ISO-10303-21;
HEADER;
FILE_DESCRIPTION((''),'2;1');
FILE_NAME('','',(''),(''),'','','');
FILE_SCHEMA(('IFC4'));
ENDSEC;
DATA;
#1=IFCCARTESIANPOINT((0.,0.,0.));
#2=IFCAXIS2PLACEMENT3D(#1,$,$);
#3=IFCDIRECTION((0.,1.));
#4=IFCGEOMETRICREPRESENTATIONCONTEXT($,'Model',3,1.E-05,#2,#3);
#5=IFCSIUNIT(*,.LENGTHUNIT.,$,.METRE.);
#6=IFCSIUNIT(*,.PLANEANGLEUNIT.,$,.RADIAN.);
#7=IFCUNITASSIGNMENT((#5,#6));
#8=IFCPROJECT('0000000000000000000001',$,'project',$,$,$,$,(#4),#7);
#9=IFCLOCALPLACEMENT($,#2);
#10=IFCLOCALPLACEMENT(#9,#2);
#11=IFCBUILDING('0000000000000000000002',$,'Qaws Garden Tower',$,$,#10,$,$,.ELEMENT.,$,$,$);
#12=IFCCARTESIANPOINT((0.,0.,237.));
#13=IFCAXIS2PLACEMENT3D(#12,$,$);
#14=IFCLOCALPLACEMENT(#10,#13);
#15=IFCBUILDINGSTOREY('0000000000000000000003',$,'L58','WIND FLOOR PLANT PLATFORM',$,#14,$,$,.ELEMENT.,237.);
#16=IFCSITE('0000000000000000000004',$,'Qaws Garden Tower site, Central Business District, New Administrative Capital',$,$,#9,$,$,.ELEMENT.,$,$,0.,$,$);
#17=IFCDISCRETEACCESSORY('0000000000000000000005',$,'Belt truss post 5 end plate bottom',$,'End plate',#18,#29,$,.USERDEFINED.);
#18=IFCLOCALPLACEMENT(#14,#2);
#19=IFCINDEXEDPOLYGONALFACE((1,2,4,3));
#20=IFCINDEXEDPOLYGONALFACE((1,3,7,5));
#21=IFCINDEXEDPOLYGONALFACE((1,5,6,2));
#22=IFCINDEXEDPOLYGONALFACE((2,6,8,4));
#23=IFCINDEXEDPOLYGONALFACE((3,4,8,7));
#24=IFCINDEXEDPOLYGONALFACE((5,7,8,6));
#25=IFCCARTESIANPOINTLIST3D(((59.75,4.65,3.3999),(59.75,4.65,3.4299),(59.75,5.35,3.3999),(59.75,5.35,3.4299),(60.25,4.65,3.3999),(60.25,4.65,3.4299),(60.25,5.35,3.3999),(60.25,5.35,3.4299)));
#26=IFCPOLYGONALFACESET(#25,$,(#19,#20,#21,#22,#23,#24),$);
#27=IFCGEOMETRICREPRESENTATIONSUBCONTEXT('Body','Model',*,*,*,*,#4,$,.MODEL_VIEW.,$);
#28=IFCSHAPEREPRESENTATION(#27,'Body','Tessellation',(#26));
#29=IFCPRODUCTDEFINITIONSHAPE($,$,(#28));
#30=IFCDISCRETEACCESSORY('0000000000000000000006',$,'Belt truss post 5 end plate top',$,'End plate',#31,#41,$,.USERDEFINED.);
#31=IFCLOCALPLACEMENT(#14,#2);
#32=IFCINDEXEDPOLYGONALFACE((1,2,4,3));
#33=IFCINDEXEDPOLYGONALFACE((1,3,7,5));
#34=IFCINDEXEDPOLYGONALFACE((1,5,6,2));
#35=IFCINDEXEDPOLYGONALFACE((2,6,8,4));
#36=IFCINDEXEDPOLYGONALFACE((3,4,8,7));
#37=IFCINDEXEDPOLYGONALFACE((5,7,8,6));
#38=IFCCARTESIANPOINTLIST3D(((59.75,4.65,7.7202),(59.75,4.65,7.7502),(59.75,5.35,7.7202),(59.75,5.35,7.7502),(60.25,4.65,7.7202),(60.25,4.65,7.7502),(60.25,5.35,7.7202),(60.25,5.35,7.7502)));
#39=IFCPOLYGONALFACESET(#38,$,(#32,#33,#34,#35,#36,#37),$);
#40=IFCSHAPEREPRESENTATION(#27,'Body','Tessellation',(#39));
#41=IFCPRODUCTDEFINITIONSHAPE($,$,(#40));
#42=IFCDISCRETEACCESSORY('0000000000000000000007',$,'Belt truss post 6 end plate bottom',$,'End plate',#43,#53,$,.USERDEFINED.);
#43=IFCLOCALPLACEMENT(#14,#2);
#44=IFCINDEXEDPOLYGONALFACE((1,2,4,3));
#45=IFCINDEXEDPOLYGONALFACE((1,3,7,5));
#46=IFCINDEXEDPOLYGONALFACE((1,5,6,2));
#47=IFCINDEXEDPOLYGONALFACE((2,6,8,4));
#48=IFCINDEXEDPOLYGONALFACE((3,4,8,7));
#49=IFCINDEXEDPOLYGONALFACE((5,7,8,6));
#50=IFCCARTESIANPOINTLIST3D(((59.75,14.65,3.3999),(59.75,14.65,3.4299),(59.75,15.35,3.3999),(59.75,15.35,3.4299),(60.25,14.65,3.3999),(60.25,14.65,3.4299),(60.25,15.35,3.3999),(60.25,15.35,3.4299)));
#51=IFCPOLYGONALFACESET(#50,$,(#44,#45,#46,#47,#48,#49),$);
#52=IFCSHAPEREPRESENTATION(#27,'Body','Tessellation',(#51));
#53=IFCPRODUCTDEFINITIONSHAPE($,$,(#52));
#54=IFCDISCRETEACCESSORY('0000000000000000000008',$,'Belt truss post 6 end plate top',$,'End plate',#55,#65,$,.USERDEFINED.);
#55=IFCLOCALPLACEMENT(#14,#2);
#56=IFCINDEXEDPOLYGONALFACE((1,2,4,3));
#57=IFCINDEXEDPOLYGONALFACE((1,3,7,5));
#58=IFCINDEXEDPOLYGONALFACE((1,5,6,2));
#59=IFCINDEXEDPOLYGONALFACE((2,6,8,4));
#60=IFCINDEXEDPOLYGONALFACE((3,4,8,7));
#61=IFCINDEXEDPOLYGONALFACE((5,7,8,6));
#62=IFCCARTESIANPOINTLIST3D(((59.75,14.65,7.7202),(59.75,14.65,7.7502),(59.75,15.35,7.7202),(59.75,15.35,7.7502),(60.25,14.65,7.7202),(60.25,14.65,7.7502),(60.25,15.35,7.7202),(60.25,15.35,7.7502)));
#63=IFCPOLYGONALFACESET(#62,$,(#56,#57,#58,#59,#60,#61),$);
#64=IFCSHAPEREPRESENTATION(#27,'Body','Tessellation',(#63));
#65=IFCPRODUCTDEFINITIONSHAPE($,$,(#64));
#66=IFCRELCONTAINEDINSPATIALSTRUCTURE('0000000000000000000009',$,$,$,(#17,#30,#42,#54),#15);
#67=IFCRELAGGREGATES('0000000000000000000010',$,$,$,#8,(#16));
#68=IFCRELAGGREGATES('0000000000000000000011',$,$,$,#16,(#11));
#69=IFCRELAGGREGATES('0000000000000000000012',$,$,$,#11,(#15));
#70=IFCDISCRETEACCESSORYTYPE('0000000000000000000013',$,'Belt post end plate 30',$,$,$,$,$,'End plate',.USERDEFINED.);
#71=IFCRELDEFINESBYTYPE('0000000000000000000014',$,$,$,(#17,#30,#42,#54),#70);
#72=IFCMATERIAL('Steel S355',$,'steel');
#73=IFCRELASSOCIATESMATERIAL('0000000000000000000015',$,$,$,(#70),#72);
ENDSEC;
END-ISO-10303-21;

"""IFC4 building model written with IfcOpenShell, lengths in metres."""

from ifc_helpers import new_model, si_unit, direction, frame, origin, origin_2d, place, context, subcontext, project, spatial, rectangle, extrude, material, type_object, element, save


model = new_model("IFC4")

# Units and contexts
model_context = context("Model", 3, precision=1e-05, world=origin(), true_north=direction((0.0, 1.0)))
body_context = subcontext(model_context, "Body", "Model", "MODEL_VIEW")
ifc_project = project(units=[si_unit("LENGTHUNIT", "METRE"), si_unit("PLANEANGLEUNIT", "RADIAN")], contexts=[model_context])

# Site, building, storey
site_placement = place(None, origin())
site = spatial("IfcSite", under=ifc_project, at=site_placement, Name="Qaws Garden Tower site, Central Business District, New Administrative Capital", CompositionType="ELEMENT", RefElevation=0.0)
building_placement = place(site_placement, origin())
building = spatial("IfcBuilding", under=site, at=building_placement, Name="Qaws Garden Tower", CompositionType="ELEMENT")
storey_placement = place(building_placement, frame((0.0, 0.0, 237.0)))
storey = spatial("IfcBuildingStorey", under=building, at=storey_placement, Name="L58", Description="WIND FLOOR PLANT PLATFORM", CompositionType="ELEMENT", Elevation=237.0)

# Shared definitions
placement_1 = place(storey_placement, frame((60.0, 5.0, 3.3999), z_axis=(0.0, 0.0, 1.0), x_axis=(1.0, 0.0, 0.0)))
placement_2 = place(storey_placement, frame((60.0, 15.0, 3.3999), z_axis=(0.0, 0.0, 1.0), x_axis=(1.0, 0.0, 0.0)))

# Discrete accessories
ifc_material_1 = material(Name="Steel S355", Category="steel")
discrete_accessory_type = type_object("IfcDiscreteAccessoryType", Name="Belt post end plate 30", ElementType="End plate", PredefinedType="USERDEFINED", material=ifc_material_1)
element("IfcDiscreteAccessory", 1, at=placement_1, inside=storey, type_object=discrete_accessory_type, Name="Belt truss post 5 end plate bottom", ObjectType="End plate", PredefinedType="USERDEFINED", context=body_context, shape_type="SweptSolid", body=[
    extrude(rectangle(XDim=0.5, YDim=0.7, at=origin_2d()), origin(), (0.0, 0.0, 1.0), 0.03),
])
discrete_accessory_1_placement = place(storey_placement, frame((60.0, 5.0, 7.7202), z_axis=(0.0, 0.0, 1.0), x_axis=(1.0, 0.0, 0.0)))
element("IfcDiscreteAccessory", 2, at=discrete_accessory_1_placement, inside=storey, type_object=discrete_accessory_type, Name="Belt truss post 5 end plate top", ObjectType="End plate", PredefinedType="USERDEFINED", context=body_context, shape_type="SweptSolid", body=[
    extrude(rectangle(XDim=0.5, YDim=0.7, at=origin_2d()), origin(), (0.0, 0.0, 1.0), 0.03),
])
element("IfcDiscreteAccessory", 3, at=placement_2, inside=storey, type_object=discrete_accessory_type, Name="Belt truss post 6 end plate bottom", ObjectType="End plate", PredefinedType="USERDEFINED", context=body_context, shape_type="SweptSolid", body=[
    extrude(rectangle(XDim=0.5, YDim=0.7, at=origin_2d()), origin(), (0.0, 0.0, 1.0), 0.03),
])
discrete_accessory_2_placement = place(storey_placement, frame((60.0, 15.0, 7.7202), z_axis=(0.0, 0.0, 1.0), x_axis=(1.0, 0.0, 0.0)))
element("IfcDiscreteAccessory", 4, at=discrete_accessory_2_placement, inside=storey, type_object=discrete_accessory_type, Name="Belt truss post 6 end plate top", ObjectType="End plate", PredefinedType="USERDEFINED", context=body_context, shape_type="SweptSolid", body=[
    extrude(rectangle(XDim=0.5, YDim=0.7, at=origin_2d()), origin(), (0.0, 0.0, 1.0), 0.03),
])

save(model, "model.ifc")
